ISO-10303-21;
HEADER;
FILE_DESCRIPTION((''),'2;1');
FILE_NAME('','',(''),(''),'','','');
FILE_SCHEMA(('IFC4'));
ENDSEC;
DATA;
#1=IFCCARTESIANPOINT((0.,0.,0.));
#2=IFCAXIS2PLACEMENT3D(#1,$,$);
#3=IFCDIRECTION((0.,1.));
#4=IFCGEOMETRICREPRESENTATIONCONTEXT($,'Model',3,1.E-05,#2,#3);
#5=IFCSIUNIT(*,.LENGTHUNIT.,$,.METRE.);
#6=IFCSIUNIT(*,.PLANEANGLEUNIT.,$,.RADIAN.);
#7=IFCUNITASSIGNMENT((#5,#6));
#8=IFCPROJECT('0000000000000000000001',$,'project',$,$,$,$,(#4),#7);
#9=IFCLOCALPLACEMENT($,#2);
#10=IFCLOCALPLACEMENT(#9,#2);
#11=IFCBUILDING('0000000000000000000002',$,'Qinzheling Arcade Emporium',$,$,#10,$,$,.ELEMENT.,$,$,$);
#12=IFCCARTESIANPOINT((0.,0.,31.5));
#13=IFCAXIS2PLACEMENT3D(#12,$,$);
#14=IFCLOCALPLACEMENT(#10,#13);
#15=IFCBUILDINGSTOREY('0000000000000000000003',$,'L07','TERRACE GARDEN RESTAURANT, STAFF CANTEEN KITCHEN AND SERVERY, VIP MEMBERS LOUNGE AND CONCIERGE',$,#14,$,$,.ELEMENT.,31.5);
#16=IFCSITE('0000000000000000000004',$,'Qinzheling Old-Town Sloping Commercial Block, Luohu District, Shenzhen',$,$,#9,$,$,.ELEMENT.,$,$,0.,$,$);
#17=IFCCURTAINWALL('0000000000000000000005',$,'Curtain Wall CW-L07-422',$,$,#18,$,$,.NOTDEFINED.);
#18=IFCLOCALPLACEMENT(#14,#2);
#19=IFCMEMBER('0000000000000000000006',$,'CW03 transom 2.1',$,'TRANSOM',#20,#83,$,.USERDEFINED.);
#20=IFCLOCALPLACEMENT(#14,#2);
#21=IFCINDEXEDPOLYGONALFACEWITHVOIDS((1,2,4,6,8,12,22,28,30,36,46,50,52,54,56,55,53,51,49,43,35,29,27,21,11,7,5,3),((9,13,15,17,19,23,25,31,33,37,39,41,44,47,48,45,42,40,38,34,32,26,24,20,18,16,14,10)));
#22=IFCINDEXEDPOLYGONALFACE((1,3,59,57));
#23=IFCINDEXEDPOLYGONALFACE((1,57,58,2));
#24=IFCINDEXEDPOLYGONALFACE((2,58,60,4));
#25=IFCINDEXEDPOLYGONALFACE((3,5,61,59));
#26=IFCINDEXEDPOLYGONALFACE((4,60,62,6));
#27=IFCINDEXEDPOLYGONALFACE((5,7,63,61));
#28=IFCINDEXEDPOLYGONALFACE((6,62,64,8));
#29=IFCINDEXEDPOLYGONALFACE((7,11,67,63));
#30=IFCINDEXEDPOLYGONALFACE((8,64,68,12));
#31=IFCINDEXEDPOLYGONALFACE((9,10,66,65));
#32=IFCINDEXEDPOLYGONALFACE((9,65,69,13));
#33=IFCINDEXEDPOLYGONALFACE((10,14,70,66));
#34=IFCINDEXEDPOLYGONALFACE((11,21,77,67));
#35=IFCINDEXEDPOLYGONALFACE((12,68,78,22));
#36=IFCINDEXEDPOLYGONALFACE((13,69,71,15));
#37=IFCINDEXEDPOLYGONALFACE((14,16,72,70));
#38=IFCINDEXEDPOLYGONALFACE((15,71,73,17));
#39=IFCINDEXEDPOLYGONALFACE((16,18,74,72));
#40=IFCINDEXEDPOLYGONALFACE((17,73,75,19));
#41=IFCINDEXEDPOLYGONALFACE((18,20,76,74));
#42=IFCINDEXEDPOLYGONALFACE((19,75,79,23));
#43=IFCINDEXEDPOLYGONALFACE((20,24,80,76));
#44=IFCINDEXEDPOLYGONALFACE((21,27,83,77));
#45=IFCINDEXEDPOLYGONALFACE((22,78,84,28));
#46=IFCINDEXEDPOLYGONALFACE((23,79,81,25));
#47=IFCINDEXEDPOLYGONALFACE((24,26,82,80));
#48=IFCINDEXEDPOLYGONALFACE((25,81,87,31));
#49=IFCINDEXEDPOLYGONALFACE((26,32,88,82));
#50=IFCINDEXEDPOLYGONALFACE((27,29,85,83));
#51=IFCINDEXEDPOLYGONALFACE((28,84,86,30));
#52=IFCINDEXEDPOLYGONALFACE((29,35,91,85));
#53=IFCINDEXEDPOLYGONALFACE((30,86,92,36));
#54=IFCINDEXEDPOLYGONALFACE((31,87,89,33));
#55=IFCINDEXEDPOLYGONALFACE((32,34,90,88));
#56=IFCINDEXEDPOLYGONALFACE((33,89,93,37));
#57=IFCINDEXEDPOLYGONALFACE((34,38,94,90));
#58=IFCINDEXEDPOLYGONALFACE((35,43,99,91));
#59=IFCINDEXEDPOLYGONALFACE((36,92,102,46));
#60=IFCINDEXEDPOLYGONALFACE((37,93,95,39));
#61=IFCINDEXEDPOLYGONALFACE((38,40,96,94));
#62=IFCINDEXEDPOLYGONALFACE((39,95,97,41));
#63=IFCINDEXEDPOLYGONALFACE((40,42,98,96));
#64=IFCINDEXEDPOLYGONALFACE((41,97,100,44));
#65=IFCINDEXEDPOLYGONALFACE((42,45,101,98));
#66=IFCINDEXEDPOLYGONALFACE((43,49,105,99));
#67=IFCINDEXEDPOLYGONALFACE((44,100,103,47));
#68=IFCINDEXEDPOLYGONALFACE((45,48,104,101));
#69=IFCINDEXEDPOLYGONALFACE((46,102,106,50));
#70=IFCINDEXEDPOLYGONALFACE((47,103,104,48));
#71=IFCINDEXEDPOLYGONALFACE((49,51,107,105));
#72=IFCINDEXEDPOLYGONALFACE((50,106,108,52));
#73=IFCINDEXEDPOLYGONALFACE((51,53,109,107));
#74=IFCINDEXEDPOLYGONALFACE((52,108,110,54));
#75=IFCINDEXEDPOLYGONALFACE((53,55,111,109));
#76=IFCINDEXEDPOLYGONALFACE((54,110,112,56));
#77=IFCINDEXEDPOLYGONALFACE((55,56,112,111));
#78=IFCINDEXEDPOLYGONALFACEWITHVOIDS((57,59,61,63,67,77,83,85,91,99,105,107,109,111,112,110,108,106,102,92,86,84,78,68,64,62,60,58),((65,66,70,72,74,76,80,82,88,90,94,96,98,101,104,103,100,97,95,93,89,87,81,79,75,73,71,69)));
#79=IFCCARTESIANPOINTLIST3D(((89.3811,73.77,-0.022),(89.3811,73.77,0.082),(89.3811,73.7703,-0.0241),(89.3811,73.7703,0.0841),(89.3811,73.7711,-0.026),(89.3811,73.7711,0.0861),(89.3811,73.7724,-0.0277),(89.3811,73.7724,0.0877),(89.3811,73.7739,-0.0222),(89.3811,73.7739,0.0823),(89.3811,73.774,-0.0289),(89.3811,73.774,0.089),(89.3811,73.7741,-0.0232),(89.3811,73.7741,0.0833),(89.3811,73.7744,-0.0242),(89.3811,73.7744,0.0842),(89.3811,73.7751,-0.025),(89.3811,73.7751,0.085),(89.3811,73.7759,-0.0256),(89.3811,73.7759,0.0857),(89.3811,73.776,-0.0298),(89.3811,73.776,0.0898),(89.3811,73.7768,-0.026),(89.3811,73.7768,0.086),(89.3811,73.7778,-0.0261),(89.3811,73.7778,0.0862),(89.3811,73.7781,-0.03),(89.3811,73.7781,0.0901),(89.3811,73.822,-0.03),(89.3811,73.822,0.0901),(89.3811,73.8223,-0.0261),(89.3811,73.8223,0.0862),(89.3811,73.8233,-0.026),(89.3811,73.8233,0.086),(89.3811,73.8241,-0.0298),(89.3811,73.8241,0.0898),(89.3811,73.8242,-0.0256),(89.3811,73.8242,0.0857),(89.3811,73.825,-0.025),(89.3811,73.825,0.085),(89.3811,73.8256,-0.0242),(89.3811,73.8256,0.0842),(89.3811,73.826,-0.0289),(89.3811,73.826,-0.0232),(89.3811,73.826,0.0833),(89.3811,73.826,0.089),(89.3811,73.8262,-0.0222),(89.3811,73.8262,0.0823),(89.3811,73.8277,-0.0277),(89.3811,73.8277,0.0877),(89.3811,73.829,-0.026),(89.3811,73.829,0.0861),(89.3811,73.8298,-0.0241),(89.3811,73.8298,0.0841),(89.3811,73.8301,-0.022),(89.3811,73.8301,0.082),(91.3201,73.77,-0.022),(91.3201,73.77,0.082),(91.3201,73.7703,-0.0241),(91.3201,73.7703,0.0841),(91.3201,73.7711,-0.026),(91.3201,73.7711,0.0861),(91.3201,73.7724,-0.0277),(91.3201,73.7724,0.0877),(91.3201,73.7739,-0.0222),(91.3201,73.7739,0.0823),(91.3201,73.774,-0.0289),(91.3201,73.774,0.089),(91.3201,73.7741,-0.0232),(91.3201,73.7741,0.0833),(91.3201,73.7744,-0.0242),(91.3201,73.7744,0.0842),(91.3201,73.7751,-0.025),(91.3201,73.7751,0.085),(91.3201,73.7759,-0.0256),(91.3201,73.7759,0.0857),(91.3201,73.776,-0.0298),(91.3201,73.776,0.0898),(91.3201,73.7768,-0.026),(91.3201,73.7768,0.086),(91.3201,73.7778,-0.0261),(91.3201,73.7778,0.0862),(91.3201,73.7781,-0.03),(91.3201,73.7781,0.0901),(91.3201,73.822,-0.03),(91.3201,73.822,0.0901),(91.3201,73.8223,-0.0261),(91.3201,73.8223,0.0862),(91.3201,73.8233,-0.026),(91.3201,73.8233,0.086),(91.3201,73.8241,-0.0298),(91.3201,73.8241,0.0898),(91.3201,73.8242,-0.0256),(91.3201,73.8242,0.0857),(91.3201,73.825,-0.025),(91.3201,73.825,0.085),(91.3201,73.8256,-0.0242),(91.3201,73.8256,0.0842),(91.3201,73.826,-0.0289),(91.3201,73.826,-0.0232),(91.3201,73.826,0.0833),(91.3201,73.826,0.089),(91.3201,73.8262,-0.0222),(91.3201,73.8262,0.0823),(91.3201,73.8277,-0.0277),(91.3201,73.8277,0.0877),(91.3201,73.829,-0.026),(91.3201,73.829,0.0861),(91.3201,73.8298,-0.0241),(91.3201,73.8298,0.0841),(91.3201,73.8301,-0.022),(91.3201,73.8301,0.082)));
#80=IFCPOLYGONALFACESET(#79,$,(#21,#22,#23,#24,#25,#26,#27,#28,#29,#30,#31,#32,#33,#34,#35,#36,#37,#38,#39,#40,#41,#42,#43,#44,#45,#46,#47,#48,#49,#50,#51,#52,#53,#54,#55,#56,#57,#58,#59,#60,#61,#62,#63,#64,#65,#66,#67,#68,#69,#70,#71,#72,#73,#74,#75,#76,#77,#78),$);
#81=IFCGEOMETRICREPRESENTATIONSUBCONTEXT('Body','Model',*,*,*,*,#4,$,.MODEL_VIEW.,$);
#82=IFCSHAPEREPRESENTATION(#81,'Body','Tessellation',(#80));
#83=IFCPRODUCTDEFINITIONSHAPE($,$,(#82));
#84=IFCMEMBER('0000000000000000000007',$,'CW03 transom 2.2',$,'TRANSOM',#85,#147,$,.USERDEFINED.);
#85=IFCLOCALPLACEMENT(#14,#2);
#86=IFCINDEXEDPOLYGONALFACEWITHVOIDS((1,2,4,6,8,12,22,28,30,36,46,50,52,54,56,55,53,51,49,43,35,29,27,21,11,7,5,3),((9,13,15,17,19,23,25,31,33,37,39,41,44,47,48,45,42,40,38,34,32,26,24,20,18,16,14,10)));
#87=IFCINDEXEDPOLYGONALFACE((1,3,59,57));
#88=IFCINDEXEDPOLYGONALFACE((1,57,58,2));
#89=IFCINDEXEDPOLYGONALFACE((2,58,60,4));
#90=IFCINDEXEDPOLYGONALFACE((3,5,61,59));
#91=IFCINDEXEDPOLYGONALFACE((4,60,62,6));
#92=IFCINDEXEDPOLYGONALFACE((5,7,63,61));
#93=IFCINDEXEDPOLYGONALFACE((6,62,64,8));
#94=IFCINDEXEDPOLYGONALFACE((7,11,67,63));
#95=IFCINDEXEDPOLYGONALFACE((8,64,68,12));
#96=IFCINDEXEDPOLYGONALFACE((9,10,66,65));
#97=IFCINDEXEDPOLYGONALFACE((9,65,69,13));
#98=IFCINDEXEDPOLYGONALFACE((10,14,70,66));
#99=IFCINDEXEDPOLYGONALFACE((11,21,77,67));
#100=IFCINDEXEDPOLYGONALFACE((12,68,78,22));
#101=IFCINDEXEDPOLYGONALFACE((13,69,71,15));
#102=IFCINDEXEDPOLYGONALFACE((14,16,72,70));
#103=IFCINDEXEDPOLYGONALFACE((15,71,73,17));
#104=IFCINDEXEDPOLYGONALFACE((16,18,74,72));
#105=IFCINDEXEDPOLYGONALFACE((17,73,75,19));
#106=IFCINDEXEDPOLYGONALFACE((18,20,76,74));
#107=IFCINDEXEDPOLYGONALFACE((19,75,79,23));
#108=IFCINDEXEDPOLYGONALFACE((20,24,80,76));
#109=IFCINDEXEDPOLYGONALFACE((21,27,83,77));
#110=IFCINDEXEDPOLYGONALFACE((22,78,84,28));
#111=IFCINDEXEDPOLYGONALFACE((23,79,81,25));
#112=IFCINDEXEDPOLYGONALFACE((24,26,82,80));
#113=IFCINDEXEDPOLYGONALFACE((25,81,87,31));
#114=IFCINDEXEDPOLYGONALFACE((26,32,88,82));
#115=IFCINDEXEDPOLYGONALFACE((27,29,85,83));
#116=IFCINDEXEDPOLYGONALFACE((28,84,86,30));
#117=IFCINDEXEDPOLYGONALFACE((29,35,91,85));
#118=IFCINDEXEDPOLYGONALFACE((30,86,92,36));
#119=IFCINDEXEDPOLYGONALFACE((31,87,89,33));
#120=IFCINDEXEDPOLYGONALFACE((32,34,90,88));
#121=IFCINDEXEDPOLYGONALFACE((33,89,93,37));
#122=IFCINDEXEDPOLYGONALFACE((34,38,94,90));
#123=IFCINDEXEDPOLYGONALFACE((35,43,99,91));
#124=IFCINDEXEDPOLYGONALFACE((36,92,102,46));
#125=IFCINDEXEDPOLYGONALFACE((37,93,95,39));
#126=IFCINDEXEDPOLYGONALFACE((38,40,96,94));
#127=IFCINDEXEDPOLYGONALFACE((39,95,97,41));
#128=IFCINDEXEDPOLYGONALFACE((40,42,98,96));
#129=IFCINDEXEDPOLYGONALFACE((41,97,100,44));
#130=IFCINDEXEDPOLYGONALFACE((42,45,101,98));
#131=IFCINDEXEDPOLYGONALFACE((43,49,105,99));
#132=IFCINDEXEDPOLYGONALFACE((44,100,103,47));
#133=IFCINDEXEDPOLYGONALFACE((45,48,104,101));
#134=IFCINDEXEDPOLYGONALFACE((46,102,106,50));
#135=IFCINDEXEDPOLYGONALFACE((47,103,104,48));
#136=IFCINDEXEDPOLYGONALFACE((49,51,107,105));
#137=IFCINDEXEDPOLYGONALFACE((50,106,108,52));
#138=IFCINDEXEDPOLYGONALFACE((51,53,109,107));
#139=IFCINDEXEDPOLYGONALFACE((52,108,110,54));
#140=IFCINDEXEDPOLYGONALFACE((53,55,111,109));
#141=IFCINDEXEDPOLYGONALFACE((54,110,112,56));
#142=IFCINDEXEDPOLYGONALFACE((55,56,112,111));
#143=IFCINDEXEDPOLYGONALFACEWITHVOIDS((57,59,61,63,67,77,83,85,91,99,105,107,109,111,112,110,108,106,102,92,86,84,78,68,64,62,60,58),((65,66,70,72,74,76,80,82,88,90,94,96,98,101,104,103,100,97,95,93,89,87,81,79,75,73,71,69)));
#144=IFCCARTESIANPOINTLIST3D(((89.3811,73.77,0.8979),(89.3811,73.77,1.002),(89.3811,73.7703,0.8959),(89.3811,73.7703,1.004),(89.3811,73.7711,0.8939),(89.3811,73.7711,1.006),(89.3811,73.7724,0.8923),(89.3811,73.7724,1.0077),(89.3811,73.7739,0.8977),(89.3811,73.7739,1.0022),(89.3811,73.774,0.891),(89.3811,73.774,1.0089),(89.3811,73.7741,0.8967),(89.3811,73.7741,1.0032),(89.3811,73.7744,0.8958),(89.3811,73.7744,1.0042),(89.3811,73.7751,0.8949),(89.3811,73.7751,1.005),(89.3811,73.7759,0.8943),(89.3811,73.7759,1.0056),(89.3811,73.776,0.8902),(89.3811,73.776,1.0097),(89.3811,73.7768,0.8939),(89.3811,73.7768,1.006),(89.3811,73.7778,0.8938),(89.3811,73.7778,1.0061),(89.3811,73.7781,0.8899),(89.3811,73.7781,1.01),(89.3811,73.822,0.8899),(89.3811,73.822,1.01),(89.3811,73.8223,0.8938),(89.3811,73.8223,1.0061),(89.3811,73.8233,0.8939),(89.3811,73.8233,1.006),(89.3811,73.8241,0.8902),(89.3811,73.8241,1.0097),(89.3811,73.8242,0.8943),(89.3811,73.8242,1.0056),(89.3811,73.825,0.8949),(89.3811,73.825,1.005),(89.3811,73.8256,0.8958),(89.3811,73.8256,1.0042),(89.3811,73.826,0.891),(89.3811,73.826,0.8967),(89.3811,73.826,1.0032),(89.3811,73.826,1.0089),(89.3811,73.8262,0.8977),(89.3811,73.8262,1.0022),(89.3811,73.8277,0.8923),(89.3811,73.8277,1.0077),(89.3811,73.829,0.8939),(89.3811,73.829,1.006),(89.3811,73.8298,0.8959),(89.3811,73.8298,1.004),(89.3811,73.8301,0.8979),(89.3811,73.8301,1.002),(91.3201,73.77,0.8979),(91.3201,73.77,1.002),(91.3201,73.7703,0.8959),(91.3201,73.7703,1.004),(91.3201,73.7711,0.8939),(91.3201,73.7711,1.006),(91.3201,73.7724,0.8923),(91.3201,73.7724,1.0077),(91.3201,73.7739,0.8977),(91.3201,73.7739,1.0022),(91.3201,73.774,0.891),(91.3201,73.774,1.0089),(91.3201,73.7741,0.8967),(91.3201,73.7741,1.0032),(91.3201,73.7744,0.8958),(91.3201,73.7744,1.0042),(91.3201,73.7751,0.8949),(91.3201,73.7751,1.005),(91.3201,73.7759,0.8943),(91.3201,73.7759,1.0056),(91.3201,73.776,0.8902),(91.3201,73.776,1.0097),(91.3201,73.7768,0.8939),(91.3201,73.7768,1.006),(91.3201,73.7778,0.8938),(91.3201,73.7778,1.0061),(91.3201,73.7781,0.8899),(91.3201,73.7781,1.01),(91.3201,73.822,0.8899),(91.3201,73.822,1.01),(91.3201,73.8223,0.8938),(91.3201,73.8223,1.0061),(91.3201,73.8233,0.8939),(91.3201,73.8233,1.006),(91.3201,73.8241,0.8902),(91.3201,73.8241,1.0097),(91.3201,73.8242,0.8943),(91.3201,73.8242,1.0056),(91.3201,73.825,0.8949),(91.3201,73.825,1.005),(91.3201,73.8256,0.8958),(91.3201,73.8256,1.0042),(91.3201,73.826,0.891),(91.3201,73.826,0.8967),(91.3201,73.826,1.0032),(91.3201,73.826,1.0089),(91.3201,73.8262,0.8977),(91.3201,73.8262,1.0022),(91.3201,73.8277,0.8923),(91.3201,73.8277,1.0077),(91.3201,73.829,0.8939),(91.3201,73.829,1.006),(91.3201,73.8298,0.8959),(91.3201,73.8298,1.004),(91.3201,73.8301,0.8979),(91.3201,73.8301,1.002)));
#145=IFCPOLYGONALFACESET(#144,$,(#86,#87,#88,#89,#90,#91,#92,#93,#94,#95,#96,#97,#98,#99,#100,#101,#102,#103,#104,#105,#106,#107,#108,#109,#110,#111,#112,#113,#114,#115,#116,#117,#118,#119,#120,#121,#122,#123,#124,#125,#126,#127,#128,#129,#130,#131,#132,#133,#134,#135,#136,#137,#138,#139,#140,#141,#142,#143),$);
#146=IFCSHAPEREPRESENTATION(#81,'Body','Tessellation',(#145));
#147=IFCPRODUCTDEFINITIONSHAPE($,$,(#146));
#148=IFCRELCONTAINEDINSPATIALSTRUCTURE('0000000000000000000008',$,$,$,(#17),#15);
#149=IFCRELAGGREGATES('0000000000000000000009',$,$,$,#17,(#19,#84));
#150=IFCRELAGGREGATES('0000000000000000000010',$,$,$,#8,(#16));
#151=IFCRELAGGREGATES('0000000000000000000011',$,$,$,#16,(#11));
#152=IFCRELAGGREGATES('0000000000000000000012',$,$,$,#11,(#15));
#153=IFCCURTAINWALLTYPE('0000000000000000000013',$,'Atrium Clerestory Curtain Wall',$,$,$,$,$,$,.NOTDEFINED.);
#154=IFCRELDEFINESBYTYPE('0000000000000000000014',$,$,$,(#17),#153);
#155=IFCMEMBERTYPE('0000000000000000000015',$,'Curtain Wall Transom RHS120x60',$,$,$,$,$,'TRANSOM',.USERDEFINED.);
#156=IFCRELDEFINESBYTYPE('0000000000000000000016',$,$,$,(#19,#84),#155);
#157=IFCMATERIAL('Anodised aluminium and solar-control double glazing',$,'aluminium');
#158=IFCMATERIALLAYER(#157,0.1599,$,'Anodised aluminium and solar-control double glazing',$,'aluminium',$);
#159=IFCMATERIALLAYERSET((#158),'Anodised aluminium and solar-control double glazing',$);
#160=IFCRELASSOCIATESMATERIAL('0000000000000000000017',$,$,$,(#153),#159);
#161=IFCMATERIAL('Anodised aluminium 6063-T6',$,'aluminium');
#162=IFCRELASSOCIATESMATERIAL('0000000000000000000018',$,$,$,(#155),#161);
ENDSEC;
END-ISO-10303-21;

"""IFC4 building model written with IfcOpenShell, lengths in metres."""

from ifc_helpers import new_model, si_unit, direction, frame, origin, origin_2d, place, context, subcontext, project, spatial, hollow_rectangle, extrude, material, layer, layer_set, material_profile, profile_set, type_object, element, aggregate, save


model = new_model("IFC4")

# Units and contexts
model_context = context("Model", 3, precision=1e-05, world=origin(), true_north=direction((0.0, 1.0)))
body_context = subcontext(model_context, "Body", "Model", "MODEL_VIEW")
ifc_project = project(units=[si_unit("LENGTHUNIT", "METRE"), si_unit("PLANEANGLEUNIT", "RADIAN")], contexts=[model_context])

# Site, building, storey
site_placement = place(None, origin())
site = spatial("IfcSite", under=ifc_project, at=site_placement, Name="Qinzheling Old-Town Sloping Commercial Block, Luohu District, Shenzhen", CompositionType="ELEMENT", RefElevation=0.0)
building_placement = place(site_placement, origin())
building = spatial("IfcBuilding", under=site, at=building_placement, Name="Qinzheling Arcade Emporium", CompositionType="ELEMENT")
storey_placement = place(building_placement, frame((0.0, 0.0, 31.5)))
storey = spatial("IfcBuildingStorey", under=building, at=storey_placement, Name="L07", Description="TERRACE GARDEN RESTAURANT, STAFF CANTEEN KITCHEN AND SERVERY, VIP MEMBERS LOUNGE AND CONCIERGE", CompositionType="ELEMENT", Elevation=31.5)

# Shared definitions
ifc_material_1 = material(Name="Anodised aluminium and solar-control double glazing", Category="aluminium")
ifc_layer_1 = layer(ifc_material_1, 0.1599, Name="Anodised aluminium and solar-control double glazing", Category="aluminium")
ifc_layer_set_1 = layer_set([ifc_layer_1], Name="Anodised aluminium and solar-control double glazing")
curtain_wall_type = type_object("IfcCurtainWallType", Name="Atrium Clerestory Curtain Wall", PredefinedType="NOTDEFINED", material=ifc_layer_set_1)
ifc_material_2 = material(Name="Anodised aluminium 6063-T6", Category="aluminium")

# Curtain wall, members
curtain_wall_1_placement = place(storey_placement, origin())
curtain_wall_1 = element("IfcCurtainWall", 1, at=curtain_wall_1_placement, inside=storey, type_object=curtain_wall_type, Name="Curtain Wall CW-L07-422", PredefinedType="NOTDEFINED")
ifc_material_profile_1 = material_profile(ifc_material_2, hollow_rectangle(XDim=0.0601, YDim=0.1201, WallThickness=0.0039, InnerFilletRadius=0.0039, OuterFilletRadius=0.0081, at=origin_2d()), Name="RHS 120x60x4", Category="aluminium")
ifc_profile_set_1 = profile_set([ifc_material_profile_1], Name="Anodised aluminium 6063-T6")
member_type_1 = type_object("IfcMemberType", Name="Curtain Wall Transom RHS120x60", ElementType="TRANSOM", PredefinedType="USERDEFINED", material=ifc_profile_set_1)
member_1_placement = place(storey_placement, frame((89.3811, 73.8, 0.03), z_axis=(1.0, 0.0, 0.0), x_axis=(0.0, 1.0, 0.0)))
member_1 = element("IfcMember", 2, at=member_1_placement, type_object=member_type_1, Name="CW03 transom 2.1", ObjectType="TRANSOM", PredefinedType="USERDEFINED", context=body_context, shape_type="SweptSolid", body=[
    extrude(hollow_rectangle(XDim=0.0601, YDim=0.1201, WallThickness=0.0039, InnerFilletRadius=0.0039, OuterFilletRadius=0.0081, at=origin_2d()), origin(), (0.0, 0.0, 1.0), 1.939),
])
member_2_placement = place(storey_placement, frame((89.3811, 73.8, 0.95), z_axis=(1.0, 0.0, 0.0), x_axis=(0.0, 1.0, 0.0)))
member_2 = element("IfcMember", 3, at=member_2_placement, type_object=member_type_1, Name="CW03 transom 2.2", ObjectType="TRANSOM", PredefinedType="USERDEFINED", context=body_context, shape_type="SweptSolid", body=[
    extrude(hollow_rectangle(XDim=0.0601, YDim=0.1201, WallThickness=0.0039, InnerFilletRadius=0.0039, OuterFilletRadius=0.0081, at=origin_2d()), origin(), (0.0, 0.0, 1.0), 1.939),
])

aggregate(curtain_wall_1, [member_1, member_2])

save(model, "model.ifc")
